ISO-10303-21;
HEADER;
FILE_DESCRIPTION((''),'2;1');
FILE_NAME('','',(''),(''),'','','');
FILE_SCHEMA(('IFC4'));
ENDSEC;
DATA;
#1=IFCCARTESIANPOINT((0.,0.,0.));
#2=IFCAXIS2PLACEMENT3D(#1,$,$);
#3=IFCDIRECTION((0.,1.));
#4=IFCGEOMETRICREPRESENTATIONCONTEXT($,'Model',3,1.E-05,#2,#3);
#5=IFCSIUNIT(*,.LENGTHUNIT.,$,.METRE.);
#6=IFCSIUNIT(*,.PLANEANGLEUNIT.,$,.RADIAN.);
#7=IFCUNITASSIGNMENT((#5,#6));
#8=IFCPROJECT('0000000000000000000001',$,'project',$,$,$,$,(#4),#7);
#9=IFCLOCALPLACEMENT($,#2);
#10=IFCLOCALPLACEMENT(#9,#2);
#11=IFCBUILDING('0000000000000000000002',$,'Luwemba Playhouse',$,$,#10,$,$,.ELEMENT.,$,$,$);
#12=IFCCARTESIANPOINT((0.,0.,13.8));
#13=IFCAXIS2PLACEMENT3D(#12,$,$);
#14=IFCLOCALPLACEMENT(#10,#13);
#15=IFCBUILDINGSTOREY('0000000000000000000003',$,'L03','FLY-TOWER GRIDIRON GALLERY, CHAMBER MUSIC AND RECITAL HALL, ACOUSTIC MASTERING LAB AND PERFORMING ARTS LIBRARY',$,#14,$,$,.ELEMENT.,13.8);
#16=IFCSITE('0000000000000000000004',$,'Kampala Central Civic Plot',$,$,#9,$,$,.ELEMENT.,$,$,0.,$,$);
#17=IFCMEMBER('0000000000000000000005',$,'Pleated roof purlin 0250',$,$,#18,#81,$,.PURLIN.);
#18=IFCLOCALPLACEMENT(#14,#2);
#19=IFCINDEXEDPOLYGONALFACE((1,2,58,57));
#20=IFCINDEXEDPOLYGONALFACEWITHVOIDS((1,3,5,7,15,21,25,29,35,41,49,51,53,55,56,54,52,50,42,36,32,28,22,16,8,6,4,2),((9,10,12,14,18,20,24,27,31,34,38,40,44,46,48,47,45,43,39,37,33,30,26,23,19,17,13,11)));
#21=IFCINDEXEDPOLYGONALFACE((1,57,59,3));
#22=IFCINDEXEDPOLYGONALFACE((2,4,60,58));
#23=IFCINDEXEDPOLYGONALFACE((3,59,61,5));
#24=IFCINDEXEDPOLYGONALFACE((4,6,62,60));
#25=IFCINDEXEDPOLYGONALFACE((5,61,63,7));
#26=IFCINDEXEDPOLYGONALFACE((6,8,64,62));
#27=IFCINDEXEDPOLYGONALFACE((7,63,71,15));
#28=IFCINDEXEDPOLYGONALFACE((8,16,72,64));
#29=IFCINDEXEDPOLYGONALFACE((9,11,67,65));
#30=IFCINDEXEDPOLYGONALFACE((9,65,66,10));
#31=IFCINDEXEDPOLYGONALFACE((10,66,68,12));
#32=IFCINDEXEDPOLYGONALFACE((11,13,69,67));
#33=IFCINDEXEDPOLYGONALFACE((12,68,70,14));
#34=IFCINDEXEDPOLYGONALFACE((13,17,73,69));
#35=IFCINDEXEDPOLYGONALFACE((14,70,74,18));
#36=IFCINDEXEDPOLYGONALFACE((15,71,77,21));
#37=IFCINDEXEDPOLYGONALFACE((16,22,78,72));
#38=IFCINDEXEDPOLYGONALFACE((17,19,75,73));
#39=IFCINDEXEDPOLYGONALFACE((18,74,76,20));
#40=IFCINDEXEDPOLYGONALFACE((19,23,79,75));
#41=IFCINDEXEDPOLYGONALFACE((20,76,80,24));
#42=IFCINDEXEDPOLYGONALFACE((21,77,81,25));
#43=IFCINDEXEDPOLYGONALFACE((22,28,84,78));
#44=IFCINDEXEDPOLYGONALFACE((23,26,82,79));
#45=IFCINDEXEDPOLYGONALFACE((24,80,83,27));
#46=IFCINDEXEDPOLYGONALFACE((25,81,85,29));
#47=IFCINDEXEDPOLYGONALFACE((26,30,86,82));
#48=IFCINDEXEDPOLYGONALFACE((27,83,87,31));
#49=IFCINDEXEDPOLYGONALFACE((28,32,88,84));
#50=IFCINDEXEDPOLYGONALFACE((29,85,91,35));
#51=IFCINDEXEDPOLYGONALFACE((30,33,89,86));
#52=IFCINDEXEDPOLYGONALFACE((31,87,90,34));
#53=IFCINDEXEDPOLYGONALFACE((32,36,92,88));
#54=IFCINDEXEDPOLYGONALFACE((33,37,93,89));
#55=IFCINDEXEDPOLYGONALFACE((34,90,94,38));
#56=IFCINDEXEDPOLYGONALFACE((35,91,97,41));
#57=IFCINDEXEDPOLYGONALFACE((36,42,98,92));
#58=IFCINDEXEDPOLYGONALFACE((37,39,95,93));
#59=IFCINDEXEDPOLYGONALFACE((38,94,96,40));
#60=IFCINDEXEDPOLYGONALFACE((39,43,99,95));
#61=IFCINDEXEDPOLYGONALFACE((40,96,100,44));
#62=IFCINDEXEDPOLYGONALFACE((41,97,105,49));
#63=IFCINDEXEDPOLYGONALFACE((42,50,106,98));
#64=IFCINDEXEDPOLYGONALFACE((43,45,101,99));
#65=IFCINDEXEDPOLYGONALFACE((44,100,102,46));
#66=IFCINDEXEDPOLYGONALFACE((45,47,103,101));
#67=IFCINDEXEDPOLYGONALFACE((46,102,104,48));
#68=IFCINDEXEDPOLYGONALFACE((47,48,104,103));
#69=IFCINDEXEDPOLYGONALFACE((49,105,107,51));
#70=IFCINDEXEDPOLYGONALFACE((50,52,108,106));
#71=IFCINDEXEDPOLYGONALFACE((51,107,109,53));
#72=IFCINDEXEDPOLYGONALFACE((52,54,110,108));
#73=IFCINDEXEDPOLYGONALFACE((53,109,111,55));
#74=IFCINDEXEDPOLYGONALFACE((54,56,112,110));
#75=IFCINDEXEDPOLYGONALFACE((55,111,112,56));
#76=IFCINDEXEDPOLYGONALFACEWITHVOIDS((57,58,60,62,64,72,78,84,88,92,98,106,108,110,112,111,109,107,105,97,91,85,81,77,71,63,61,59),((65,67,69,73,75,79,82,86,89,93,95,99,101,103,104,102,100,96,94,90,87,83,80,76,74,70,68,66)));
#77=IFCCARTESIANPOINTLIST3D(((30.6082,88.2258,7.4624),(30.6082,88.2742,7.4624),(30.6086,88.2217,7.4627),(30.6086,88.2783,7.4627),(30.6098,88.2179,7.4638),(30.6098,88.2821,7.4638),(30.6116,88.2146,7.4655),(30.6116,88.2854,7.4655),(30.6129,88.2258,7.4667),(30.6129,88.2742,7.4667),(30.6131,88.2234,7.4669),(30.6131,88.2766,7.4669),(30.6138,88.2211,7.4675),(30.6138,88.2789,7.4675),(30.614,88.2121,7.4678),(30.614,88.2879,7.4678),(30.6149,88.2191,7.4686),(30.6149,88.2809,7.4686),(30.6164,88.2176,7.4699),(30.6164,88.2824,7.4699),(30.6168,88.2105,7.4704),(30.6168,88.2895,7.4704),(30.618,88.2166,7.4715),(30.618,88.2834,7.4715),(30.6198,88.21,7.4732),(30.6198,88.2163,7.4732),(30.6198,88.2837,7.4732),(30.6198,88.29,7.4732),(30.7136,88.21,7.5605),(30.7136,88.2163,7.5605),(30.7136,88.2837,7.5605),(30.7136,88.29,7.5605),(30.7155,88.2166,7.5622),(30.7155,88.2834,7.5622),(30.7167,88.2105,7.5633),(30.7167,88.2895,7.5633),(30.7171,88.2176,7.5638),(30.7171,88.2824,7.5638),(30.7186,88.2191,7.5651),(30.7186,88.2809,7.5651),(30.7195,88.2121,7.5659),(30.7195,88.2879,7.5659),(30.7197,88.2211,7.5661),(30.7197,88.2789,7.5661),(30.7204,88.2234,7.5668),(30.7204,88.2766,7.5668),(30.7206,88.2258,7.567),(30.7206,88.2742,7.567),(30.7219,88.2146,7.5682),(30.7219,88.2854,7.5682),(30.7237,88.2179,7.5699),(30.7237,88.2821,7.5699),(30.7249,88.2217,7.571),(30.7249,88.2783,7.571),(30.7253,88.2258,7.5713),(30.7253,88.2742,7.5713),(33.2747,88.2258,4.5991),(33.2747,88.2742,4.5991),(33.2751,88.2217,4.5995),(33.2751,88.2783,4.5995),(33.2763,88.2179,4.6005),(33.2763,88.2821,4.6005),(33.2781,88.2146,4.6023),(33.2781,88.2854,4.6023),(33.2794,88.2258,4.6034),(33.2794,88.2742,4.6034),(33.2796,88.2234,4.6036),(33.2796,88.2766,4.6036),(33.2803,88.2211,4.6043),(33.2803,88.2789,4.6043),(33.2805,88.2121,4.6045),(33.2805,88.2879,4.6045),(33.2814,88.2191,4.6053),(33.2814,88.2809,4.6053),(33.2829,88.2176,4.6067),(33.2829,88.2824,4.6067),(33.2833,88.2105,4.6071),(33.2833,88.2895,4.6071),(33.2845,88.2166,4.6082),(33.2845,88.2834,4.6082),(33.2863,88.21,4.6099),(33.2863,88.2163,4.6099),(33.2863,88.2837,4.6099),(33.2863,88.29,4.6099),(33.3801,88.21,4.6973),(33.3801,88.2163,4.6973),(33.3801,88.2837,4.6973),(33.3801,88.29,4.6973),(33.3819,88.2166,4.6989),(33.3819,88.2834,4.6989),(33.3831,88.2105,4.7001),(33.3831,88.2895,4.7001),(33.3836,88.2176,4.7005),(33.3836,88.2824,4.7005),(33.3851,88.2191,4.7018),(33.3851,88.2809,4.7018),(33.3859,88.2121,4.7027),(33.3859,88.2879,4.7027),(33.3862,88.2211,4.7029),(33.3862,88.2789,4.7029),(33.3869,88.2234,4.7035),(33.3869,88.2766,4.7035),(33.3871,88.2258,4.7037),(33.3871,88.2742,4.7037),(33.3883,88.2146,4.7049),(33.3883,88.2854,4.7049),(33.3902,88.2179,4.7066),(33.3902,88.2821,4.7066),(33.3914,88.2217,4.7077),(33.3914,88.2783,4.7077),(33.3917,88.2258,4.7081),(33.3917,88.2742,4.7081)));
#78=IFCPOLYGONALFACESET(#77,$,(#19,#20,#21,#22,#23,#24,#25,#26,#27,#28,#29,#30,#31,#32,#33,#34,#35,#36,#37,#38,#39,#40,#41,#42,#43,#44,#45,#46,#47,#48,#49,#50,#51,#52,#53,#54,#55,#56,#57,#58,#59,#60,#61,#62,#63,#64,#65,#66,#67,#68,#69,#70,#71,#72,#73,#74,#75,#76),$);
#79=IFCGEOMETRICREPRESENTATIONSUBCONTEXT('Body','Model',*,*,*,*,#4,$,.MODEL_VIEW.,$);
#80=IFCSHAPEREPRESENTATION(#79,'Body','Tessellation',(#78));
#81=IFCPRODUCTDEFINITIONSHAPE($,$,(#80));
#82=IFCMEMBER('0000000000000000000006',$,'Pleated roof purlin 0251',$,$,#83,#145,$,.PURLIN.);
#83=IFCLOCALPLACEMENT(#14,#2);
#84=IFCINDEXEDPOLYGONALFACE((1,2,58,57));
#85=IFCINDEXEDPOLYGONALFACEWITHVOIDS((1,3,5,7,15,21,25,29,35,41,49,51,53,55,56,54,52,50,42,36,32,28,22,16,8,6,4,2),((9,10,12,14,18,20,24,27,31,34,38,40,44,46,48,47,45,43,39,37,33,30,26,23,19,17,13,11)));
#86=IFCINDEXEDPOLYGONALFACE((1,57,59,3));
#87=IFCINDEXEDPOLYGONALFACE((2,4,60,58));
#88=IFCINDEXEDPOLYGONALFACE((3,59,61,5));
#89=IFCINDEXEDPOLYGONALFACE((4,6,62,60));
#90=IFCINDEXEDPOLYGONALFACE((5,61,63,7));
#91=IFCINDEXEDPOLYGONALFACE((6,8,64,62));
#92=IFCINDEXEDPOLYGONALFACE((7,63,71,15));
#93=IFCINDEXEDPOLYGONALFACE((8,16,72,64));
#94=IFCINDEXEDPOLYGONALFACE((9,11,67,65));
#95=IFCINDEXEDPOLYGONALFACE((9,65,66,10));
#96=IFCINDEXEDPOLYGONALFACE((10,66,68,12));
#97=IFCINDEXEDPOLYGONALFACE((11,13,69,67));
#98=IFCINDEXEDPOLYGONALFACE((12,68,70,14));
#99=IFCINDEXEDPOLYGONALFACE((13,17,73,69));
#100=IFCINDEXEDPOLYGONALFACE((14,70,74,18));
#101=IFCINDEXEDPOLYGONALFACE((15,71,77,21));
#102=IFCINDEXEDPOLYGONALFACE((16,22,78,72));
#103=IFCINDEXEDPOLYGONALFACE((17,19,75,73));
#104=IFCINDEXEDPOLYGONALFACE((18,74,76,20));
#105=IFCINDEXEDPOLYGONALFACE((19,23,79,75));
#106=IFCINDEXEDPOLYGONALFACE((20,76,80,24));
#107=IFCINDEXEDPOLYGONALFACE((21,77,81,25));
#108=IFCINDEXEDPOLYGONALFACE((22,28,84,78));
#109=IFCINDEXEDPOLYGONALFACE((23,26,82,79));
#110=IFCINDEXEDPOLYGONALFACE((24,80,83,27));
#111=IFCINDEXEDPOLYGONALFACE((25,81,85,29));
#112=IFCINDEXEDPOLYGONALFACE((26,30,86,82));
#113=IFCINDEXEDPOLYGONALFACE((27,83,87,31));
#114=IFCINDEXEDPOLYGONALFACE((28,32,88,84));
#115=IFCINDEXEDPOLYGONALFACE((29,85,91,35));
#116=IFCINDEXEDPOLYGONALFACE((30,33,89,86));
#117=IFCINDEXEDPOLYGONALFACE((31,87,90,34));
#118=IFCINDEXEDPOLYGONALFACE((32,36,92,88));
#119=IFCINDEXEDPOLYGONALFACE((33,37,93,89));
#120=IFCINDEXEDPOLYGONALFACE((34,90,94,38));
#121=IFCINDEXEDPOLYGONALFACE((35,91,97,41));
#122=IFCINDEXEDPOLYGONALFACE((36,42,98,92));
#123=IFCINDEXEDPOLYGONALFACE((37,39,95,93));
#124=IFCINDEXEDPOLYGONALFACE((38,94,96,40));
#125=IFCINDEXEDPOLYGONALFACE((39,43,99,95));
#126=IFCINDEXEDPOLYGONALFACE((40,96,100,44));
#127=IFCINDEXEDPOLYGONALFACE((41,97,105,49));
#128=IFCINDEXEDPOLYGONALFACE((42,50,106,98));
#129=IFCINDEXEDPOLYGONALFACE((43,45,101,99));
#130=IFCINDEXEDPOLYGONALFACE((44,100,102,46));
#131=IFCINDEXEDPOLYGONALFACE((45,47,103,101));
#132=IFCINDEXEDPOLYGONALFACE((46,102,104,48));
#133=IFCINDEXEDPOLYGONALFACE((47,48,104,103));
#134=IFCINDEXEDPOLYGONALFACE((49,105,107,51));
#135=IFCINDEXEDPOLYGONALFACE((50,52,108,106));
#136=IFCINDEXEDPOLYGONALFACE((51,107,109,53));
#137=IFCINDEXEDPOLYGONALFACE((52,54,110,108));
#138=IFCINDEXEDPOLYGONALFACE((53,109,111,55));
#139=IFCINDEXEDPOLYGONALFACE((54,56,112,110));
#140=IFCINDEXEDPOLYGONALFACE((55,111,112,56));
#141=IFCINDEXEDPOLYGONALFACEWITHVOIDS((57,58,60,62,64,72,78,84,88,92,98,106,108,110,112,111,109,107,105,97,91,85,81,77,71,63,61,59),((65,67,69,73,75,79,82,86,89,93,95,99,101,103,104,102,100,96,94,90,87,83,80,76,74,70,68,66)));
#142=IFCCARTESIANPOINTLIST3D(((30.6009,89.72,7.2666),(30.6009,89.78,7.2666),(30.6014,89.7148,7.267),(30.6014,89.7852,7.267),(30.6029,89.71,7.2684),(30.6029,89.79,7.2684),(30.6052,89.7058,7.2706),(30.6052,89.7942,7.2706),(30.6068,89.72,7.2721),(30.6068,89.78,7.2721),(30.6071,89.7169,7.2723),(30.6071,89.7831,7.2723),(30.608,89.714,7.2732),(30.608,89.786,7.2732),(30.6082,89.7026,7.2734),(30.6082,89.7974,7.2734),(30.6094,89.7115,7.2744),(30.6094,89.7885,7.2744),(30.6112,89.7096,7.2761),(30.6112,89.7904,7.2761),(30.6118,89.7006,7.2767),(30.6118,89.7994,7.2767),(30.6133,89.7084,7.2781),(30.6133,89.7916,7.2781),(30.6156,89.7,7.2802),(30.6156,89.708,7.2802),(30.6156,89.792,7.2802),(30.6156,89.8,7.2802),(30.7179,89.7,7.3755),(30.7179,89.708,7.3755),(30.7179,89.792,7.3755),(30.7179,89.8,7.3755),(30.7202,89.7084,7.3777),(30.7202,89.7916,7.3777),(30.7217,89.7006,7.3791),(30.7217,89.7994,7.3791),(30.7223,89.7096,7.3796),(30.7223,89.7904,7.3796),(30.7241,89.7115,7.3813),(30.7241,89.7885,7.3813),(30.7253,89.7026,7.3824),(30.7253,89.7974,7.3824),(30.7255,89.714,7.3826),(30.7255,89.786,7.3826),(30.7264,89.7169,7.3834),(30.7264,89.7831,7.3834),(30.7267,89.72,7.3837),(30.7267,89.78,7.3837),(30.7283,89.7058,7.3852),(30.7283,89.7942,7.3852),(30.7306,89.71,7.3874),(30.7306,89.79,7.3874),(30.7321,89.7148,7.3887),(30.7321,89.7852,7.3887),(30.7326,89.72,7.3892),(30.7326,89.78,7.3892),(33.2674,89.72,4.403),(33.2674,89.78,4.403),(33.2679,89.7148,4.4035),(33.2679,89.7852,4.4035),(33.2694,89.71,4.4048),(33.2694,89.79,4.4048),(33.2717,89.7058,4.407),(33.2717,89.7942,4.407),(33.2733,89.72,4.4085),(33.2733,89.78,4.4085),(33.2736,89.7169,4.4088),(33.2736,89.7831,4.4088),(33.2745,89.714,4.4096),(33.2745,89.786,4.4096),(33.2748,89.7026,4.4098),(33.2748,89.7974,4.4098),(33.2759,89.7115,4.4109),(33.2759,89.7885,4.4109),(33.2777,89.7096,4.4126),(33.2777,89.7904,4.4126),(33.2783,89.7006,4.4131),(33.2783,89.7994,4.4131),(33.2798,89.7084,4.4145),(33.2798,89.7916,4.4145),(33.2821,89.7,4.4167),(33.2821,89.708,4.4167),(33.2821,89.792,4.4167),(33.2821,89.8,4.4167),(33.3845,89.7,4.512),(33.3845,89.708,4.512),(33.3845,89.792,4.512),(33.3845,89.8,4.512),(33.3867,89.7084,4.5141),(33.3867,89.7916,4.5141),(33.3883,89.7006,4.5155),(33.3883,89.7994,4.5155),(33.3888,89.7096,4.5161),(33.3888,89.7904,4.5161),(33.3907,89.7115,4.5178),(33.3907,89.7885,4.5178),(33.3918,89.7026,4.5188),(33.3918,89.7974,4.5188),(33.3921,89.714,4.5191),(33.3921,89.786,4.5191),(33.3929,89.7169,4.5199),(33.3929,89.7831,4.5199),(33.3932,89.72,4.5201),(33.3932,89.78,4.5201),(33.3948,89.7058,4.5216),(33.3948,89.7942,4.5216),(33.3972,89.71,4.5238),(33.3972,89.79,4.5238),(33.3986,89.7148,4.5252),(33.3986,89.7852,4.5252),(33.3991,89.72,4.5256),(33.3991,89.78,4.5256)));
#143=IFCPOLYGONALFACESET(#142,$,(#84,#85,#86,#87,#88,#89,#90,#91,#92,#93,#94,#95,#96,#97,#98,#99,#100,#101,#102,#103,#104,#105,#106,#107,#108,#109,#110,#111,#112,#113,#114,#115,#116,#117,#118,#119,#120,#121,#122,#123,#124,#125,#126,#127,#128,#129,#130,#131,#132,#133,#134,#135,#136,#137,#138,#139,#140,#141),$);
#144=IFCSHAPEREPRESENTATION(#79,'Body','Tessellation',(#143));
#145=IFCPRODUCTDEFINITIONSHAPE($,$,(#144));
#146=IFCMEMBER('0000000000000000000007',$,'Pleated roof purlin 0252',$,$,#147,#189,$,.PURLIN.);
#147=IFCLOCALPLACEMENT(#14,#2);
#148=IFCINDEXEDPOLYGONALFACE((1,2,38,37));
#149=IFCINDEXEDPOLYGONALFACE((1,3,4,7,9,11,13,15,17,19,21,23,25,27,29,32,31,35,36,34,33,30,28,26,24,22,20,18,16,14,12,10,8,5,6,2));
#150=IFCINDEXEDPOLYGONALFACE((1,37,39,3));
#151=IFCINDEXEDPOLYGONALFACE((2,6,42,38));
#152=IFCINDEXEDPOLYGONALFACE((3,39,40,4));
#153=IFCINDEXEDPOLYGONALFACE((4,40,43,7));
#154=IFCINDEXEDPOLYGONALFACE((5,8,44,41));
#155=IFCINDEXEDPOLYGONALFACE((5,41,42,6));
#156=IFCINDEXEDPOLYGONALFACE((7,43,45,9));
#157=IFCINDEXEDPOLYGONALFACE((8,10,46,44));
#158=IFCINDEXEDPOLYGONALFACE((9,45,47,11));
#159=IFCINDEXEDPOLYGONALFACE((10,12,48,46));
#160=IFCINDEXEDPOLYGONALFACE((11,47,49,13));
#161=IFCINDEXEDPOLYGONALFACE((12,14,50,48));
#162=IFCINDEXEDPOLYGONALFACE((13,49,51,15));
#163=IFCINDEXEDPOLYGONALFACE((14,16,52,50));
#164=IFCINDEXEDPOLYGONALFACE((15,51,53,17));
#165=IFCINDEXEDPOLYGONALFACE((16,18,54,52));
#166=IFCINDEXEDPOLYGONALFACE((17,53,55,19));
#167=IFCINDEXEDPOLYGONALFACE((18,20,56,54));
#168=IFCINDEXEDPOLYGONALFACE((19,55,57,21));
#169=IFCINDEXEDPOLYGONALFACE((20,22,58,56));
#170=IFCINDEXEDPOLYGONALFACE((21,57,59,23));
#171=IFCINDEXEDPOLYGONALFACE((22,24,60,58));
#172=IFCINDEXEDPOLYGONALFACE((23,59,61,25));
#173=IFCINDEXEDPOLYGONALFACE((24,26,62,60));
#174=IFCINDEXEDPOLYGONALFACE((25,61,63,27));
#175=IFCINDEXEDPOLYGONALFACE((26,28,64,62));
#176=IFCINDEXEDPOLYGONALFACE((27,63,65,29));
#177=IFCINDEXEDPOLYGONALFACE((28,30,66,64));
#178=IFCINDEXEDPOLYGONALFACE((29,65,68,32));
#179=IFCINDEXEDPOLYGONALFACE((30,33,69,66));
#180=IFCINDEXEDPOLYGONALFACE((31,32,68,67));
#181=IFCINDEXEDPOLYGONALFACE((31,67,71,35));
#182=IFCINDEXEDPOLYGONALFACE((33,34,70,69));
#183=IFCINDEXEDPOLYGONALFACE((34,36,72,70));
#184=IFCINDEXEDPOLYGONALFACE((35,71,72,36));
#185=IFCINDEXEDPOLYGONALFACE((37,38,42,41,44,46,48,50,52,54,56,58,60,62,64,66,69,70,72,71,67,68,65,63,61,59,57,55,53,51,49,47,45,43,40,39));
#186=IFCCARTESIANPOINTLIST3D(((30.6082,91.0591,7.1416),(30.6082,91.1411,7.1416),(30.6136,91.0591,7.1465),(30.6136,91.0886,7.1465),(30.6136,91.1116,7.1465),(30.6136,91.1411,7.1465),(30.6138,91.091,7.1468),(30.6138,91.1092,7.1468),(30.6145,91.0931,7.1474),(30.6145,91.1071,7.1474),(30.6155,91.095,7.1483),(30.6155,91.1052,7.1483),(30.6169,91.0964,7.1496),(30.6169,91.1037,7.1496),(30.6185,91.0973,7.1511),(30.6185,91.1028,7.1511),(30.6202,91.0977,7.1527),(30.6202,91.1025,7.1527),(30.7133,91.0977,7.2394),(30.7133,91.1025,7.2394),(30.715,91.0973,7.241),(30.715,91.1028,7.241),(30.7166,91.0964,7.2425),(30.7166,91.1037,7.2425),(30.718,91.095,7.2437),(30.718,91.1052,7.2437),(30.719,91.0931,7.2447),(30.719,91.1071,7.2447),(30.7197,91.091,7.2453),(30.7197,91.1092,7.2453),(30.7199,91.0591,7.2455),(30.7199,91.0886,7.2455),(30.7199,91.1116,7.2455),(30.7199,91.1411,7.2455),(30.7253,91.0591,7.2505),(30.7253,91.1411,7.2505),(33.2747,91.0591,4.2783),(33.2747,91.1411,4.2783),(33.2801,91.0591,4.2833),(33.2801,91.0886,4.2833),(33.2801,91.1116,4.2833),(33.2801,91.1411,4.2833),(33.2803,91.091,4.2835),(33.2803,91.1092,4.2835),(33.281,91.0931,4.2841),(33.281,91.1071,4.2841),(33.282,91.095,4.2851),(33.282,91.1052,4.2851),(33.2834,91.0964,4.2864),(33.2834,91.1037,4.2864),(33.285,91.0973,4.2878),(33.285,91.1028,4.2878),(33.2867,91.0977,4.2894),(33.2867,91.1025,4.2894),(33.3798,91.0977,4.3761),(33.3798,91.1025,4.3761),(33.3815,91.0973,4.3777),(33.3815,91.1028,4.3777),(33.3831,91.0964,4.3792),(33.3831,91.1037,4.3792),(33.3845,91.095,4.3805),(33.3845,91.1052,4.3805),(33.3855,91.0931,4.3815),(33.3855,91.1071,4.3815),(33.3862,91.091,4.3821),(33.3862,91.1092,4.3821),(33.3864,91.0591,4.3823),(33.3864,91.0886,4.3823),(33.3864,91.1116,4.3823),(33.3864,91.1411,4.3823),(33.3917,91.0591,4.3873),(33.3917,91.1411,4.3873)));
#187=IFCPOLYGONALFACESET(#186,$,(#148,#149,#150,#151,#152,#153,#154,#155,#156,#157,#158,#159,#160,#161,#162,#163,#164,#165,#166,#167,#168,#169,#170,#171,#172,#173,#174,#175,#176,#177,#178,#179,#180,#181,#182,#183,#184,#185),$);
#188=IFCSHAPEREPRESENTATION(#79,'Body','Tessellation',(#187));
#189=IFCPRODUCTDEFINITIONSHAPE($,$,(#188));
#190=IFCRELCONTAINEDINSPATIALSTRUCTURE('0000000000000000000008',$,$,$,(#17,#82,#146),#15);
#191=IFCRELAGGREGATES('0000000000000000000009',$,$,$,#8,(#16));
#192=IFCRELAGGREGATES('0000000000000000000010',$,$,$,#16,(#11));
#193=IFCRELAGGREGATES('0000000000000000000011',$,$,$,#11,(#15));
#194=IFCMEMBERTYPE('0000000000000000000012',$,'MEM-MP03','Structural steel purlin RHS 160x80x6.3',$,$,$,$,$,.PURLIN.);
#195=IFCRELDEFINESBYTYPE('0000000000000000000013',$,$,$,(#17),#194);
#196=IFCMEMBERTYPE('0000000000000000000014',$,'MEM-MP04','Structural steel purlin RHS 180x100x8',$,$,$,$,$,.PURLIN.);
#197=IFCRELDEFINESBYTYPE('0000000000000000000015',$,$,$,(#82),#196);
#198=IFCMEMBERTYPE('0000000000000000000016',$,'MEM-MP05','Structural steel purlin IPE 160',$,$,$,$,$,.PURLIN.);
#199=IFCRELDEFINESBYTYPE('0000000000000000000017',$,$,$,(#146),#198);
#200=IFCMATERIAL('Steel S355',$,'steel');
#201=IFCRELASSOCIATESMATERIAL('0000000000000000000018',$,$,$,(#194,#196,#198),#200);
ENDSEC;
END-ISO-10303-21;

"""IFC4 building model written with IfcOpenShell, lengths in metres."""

from ifc_helpers import new_model, si_unit, direction, frame, origin, origin_2d, place, context, subcontext, project, spatial, hollow_rectangle, i_section, extrude, material, material_profile, profile_set, type_object, element, save


model = new_model("IFC4")

# Units and contexts
model_context = context("Model", 3, precision=1e-05, world=origin(), true_north=direction((0.0, 1.0)))
body_context = subcontext(model_context, "Body", "Model", "MODEL_VIEW")
ifc_project = project(units=[si_unit("LENGTHUNIT", "METRE"), si_unit("PLANEANGLEUNIT", "RADIAN")], contexts=[model_context])

# Site, building, storey
site_placement = place(None, origin())
site = spatial("IfcSite", under=ifc_project, at=site_placement, Name="Kampala Central Civic Plot", CompositionType="ELEMENT", RefElevation=0.0)
building_placement = place(site_placement, origin())
building = spatial("IfcBuilding", under=site, at=building_placement, Name="Luwemba Playhouse", CompositionType="ELEMENT")
storey_placement = place(building_placement, frame((0.0, 0.0, 13.8)))
storey = spatial("IfcBuildingStorey", under=building, at=storey_placement, Name="L03", Description="FLY-TOWER GRIDIRON GALLERY, CHAMBER MUSIC AND RECITAL HALL, ACOUSTIC MASTERING LAB AND PERFORMING ARTS LIBRARY", CompositionType="ELEMENT", Elevation=13.8)

# Shared definitions
ifc_material_1 = material(Name="Steel S355", Category="steel")

# Members
ifc_material_profile_1 = material_profile(ifc_material_1, hollow_rectangle(XDim=0.0801, YDim=0.1599, WallThickness=0.0063, InnerFilletRadius=0.0095, OuterFilletRadius=0.0159, at=origin_2d()))
ifc_profile_set_1 = profile_set([ifc_material_profile_1], Name="Steel S355")
member_type_1 = type_object("IfcMemberType", Name="MEM-MP03", Description="Structural steel purlin RHS 160x80x6.3", PredefinedType="PURLIN", material=ifc_profile_set_1)
member_1_placement = place(storey_placement, frame((30.6667, 88.25, 7.5168), z_axis=(0.681513, 0.0, -0.731806), x_axis=(0.0, 1.0, 0.0)))
element("IfcMember", 1, at=member_1_placement, inside=storey, type_object=member_type_1, Name="Pleated roof purlin 0250", PredefinedType="PURLIN", context=body_context, shape_type="SweptSolid", body=[
    extrude(hollow_rectangle(XDim=0.0801, YDim=0.1599, WallThickness=0.0063, InnerFilletRadius=0.0095, OuterFilletRadius=0.0159, at=origin_2d()), origin(), (0.0, 0.0, 1.0), 3.9126),
])
ifc_material_profile_2 = material_profile(ifc_material_1, hollow_rectangle(XDim=0.1001, YDim=0.1799, WallThickness=0.0081, InnerFilletRadius=0.012, OuterFilletRadius=0.02, at=origin_2d()))
ifc_profile_set_2 = profile_set([ifc_material_profile_2], Name="Steel S355")
member_type_2 = type_object("IfcMemberType", Name="MEM-MP04", Description="Structural steel purlin RHS 180x100x8", PredefinedType="PURLIN", material=ifc_profile_set_2)
member_2_placement = place(storey_placement, frame((30.6667, 89.75, 7.3279), z_axis=(0.681482, 0.0, -0.731835), x_axis=(0.0, 1.0, 0.0)))
element("IfcMember", 2, at=member_2_placement, inside=storey, type_object=member_type_2, Name="Pleated roof purlin 0251", PredefinedType="PURLIN", context=body_context, shape_type="SweptSolid", body=[
    extrude(hollow_rectangle(XDim=0.1001, YDim=0.1799, WallThickness=0.0081, InnerFilletRadius=0.012, OuterFilletRadius=0.02, at=origin_2d()), origin(), (0.0, 0.0, 1.0), 3.9128),
])
ifc_material_profile_3 = material_profile(ifc_material_1, i_section(OverallWidth=0.082, OverallDepth=0.1599, WebThickness=0.0049, FlangeThickness=0.0073, FilletRadius=0.009, at=origin_2d()))
ifc_profile_set_3 = profile_set([ifc_material_profile_3], Name="Steel S355")
member_type_3 = type_object("IfcMemberType", Name="MEM-MP05", Description="Structural steel purlin IPE 160", PredefinedType="PURLIN", material=ifc_profile_set_3)
member_3_placement = place(storey_placement, frame((30.6667, 91.1001, 7.196), z_axis=(0.681513, 0.0, -0.731806), x_axis=(0.0, 1.0, 0.0)))
element("IfcMember", 3, at=member_3_placement, inside=storey, type_object=member_type_3, Name="Pleated roof purlin 0252", PredefinedType="PURLIN", context=body_context, shape_type="SweptSolid", body=[
    extrude(i_section(OverallWidth=0.082, OverallDepth=0.1599, WebThickness=0.0049, FlangeThickness=0.0073, FilletRadius=0.009, at=origin_2d()), origin(), (0.0, 0.0, 1.0), 3.9126),
])

save(model, "model.ifc")
